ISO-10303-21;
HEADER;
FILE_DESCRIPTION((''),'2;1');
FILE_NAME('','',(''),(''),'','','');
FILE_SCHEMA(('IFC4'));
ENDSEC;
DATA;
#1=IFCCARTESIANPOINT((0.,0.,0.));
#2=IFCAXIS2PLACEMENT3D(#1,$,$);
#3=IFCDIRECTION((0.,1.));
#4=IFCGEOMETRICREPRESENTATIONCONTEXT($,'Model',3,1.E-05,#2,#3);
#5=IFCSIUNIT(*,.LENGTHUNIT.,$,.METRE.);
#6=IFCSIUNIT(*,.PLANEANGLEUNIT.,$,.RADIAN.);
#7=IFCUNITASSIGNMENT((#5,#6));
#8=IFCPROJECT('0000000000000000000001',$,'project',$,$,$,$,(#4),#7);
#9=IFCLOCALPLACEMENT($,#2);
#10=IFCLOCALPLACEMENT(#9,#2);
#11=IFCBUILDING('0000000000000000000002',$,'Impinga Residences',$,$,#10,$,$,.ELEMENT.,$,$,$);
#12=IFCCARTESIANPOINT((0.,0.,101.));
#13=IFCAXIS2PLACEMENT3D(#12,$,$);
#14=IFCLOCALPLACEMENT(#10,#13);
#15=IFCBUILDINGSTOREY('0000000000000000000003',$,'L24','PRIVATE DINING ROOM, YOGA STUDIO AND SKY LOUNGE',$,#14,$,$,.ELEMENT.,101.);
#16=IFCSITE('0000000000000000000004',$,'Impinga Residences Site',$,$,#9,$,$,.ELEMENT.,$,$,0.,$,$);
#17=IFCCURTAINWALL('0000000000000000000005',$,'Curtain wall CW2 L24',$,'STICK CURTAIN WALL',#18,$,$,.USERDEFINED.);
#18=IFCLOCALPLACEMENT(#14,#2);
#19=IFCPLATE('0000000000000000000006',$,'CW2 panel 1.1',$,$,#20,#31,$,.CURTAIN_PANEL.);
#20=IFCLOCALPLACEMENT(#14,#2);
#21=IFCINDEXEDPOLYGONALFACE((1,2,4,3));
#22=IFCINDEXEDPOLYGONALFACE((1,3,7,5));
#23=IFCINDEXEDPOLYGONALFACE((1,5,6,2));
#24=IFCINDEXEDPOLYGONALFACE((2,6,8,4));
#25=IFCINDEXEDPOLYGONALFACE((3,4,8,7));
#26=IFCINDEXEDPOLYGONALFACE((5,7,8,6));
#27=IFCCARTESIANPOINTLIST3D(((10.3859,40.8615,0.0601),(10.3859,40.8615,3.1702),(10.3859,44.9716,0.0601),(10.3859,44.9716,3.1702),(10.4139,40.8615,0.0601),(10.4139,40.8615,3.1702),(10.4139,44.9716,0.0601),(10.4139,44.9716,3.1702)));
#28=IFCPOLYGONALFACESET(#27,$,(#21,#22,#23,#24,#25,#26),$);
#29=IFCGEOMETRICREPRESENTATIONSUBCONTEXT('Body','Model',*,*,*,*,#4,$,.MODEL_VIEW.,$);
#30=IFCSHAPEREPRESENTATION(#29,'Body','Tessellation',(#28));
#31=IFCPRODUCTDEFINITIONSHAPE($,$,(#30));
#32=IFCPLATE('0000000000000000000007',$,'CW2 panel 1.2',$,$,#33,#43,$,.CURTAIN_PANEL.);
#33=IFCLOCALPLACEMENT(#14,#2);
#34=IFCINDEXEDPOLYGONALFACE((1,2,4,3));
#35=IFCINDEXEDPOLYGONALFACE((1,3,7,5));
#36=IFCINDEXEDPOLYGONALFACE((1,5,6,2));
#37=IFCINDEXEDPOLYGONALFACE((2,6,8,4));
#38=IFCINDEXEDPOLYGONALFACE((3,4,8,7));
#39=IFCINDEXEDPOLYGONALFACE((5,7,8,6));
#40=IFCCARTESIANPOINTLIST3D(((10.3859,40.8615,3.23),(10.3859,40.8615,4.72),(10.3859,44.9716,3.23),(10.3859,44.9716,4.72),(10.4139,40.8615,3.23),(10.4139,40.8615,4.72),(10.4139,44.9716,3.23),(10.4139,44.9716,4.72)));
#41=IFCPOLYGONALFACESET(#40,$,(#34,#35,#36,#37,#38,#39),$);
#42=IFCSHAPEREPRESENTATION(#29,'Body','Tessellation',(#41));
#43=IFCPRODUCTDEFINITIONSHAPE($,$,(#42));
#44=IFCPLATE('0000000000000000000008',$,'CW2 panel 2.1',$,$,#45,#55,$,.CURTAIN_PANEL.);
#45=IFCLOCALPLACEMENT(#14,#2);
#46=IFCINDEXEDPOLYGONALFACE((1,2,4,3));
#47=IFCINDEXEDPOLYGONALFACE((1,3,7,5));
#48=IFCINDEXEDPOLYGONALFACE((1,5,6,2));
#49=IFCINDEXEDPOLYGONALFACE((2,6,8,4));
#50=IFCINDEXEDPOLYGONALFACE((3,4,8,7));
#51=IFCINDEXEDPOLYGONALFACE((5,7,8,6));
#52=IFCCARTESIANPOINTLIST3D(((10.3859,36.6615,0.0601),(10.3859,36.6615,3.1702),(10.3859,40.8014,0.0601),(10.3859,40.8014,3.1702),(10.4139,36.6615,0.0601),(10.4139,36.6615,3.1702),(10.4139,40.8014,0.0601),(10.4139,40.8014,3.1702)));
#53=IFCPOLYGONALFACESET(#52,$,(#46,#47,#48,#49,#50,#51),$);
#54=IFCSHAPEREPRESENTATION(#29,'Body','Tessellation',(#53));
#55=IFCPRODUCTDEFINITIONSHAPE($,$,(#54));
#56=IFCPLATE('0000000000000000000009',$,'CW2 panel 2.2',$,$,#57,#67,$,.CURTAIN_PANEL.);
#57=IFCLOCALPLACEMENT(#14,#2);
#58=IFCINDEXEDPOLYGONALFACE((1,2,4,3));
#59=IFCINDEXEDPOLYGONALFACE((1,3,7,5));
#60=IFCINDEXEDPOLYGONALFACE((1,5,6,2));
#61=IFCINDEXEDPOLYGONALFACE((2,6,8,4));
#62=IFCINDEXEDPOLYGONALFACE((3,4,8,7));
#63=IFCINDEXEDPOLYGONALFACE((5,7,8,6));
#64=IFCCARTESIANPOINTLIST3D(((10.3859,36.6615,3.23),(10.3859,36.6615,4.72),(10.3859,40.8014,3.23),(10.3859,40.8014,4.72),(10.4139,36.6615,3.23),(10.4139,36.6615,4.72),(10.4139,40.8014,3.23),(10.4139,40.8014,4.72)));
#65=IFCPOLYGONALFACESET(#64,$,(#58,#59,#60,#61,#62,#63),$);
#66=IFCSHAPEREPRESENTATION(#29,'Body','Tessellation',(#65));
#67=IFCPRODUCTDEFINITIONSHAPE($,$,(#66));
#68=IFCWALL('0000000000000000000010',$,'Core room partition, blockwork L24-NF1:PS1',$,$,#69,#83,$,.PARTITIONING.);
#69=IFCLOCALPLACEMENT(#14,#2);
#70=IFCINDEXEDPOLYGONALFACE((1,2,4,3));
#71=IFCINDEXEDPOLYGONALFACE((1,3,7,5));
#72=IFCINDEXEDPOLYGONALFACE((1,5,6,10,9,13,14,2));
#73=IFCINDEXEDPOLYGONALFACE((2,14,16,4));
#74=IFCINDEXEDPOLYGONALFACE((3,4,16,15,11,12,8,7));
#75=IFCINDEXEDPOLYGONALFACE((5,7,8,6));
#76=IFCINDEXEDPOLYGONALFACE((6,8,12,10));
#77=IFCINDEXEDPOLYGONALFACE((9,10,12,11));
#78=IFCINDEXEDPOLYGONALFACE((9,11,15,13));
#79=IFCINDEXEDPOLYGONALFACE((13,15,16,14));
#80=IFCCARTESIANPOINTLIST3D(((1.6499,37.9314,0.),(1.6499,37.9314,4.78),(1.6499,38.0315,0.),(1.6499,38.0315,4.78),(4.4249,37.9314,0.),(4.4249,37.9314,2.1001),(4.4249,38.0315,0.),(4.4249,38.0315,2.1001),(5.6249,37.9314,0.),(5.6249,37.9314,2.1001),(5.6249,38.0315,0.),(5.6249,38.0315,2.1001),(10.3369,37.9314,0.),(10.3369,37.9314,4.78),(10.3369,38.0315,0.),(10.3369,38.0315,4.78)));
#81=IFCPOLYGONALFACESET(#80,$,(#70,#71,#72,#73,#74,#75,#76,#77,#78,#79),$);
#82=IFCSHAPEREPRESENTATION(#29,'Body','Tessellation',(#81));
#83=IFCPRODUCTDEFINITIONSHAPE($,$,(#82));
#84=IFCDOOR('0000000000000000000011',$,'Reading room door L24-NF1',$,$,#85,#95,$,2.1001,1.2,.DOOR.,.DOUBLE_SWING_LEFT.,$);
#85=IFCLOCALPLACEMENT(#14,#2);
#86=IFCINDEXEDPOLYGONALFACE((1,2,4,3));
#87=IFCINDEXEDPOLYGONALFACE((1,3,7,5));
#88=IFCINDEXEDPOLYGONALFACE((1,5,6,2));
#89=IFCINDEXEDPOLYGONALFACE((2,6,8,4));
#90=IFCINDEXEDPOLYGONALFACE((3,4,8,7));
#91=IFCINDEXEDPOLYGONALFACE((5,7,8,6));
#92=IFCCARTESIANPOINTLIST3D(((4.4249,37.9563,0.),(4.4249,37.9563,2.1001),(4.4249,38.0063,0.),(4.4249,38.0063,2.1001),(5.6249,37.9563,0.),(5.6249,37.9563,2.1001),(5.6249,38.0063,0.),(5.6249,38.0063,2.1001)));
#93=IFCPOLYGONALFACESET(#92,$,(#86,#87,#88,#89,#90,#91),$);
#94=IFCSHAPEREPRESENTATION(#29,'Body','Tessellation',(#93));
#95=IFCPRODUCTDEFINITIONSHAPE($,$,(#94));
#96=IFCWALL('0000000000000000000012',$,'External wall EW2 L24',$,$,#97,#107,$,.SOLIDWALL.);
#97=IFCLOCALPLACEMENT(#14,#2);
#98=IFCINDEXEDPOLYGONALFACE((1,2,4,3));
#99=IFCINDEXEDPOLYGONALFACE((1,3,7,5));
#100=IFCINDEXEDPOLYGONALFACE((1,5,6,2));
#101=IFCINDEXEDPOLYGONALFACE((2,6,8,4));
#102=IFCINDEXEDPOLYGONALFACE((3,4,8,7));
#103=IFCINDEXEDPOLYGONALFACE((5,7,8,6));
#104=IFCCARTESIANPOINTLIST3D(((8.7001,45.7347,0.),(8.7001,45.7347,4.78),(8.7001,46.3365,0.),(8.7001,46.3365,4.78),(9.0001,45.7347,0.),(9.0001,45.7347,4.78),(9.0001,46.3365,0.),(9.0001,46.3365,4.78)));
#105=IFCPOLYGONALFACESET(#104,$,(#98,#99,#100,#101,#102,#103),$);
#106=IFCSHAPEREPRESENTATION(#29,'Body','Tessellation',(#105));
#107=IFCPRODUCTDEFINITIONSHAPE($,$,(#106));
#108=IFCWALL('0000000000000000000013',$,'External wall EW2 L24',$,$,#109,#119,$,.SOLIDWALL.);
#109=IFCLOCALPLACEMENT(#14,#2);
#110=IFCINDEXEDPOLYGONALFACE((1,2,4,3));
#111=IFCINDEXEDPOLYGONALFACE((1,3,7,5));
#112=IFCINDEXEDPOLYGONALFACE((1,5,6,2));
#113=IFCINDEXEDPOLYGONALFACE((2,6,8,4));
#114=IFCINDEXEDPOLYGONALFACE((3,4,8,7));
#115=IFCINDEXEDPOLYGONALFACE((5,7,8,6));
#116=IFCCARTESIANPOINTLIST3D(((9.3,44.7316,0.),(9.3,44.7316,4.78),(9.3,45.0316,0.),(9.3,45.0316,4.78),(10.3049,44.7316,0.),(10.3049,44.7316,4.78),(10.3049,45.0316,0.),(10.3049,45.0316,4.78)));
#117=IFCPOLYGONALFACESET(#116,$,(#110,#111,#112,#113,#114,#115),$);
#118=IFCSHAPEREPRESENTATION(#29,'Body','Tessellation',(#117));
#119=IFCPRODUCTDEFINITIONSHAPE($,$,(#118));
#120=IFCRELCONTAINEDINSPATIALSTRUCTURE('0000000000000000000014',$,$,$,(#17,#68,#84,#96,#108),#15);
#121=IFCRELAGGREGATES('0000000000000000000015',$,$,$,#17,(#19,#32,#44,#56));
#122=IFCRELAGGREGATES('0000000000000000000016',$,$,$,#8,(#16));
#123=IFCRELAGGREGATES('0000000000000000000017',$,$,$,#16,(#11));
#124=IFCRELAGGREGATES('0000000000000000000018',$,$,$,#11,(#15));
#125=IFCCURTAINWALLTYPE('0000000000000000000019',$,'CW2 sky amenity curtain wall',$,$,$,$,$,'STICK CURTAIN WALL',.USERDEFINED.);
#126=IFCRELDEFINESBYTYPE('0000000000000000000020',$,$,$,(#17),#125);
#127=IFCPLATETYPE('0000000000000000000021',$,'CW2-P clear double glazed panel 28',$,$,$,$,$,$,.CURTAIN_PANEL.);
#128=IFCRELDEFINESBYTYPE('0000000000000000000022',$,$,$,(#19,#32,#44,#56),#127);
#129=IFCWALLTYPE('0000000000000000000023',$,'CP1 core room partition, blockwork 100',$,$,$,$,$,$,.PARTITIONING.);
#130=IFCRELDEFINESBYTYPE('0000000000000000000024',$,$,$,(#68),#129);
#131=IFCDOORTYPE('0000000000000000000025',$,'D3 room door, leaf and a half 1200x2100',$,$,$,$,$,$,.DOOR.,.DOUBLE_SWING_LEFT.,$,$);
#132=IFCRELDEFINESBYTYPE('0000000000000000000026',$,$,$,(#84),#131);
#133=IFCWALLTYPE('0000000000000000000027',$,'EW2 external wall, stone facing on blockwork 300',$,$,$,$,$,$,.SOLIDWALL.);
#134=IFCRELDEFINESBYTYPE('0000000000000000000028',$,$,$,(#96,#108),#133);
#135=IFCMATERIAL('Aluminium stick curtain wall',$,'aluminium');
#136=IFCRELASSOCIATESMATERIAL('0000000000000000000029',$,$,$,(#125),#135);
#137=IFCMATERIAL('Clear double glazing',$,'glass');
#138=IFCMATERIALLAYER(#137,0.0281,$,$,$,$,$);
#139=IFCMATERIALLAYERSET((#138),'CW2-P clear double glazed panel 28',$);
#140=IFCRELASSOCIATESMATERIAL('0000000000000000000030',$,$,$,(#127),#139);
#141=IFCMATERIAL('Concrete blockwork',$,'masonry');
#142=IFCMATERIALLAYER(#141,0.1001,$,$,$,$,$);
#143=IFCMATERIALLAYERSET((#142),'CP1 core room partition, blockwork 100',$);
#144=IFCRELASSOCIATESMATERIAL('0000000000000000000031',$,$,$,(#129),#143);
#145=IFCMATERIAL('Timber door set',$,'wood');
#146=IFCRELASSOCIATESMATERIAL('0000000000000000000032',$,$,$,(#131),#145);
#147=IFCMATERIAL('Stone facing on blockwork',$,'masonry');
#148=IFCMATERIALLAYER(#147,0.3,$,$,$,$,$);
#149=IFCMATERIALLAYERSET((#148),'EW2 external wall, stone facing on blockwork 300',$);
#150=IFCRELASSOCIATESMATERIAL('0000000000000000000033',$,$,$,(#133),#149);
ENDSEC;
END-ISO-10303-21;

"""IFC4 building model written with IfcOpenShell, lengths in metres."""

from ifc_helpers import new_model, si_unit, direction, frame, frame_2d, origin, origin_2d, place, context, subcontext, project, spatial, rectangle, extrude, material, layer, layer_set, type_object, element, fill, aggregate, save


model = new_model("IFC4")

# Units and contexts
model_context = context("Model", 3, precision=1e-05, world=origin(), true_north=direction((0.0, 1.0)))
body_context = subcontext(model_context, "Body", "Model", "MODEL_VIEW")
ifc_project = project(units=[si_unit("LENGTHUNIT", "METRE"), si_unit("PLANEANGLEUNIT", "RADIAN")], contexts=[model_context])

# Site, building, storey
site_placement = place(None, origin())
site = spatial("IfcSite", under=ifc_project, at=site_placement, Name="Impinga Residences Site", CompositionType="ELEMENT", RefElevation=0.0)
building_placement = place(site_placement, origin())
building = spatial("IfcBuilding", under=site, at=building_placement, Name="Impinga Residences", CompositionType="ELEMENT")
storey_placement = place(building_placement, frame((0.0, 0.0, 101.0)))
storey = spatial("IfcBuildingStorey", under=building, at=storey_placement, Name="L24", Description="PRIVATE DINING ROOM, YOGA STUDIO AND SKY LOUNGE", CompositionType="ELEMENT", Elevation=101.0)

# Curtain wall
ifc_material_1 = material(Name="Aluminium stick curtain wall", Category="aluminium")
curtain_wall_type = type_object("IfcCurtainWallType", Name="CW2 sky amenity curtain wall", ElementType="STICK CURTAIN WALL", PredefinedType="USERDEFINED", material=ifc_material_1)
curtain_wall_placement = place(storey_placement, origin())
curtain_wall = element("IfcCurtainWall", 1, at=curtain_wall_placement, inside=storey, type_object=curtain_wall_type, Name="Curtain wall CW2 L24", ObjectType="STICK CURTAIN WALL", PredefinedType="USERDEFINED")

# Plates
ifc_material_2 = material(Name="Clear double glazing", Category="glass")
ifc_layer_1 = layer(ifc_material_2, 0.0281)
ifc_layer_set_1 = layer_set([ifc_layer_1], Name="CW2-P clear double glazed panel 28")
plate_type = type_object("IfcPlateType", Name="CW2-P clear double glazed panel 28", PredefinedType="CURTAIN_PANEL", material=ifc_layer_set_1)
plate_1_placement = place(storey_placement, frame((10.3999, 42.9165, 0.0601), z_axis=(0.0, 0.0, 1.0), x_axis=(0.0, -1.0, 0.0)))
plate_1 = element("IfcPlate", 2, at=plate_1_placement, type_object=plate_type, Name="CW2 panel 1.1", PredefinedType="CURTAIN_PANEL", context=body_context, shape_type="SweptSolid", body=[
    extrude(rectangle(XDim=4.1101, YDim=0.0281, at=origin_2d()), origin(), (0.0, 0.0, 1.0), 3.1101),
])
plate_2_placement = place(storey_placement, frame((10.3999, 42.9165, 3.23), z_axis=(0.0, 0.0, 1.0), x_axis=(0.0, -1.0, 0.0)))
plate_2 = element("IfcPlate", 3, at=plate_2_placement, type_object=plate_type, Name="CW2 panel 1.2", PredefinedType="CURTAIN_PANEL", context=body_context, shape_type="SweptSolid", body=[
    extrude(rectangle(XDim=4.1101, YDim=0.0281, at=origin_2d()), origin(), (0.0, 0.0, 1.0), 1.49),
])
plate_3_placement = place(storey_placement, frame((10.3999, 38.7314, 0.0601), z_axis=(0.0, 0.0, 1.0), x_axis=(0.0, -1.0, 0.0)))
plate_3 = element("IfcPlate", 4, at=plate_3_placement, type_object=plate_type, Name="CW2 panel 2.1", PredefinedType="CURTAIN_PANEL", context=body_context, shape_type="SweptSolid", body=[
    extrude(rectangle(XDim=4.1399, YDim=0.0281, at=origin_2d()), origin(), (0.0, 0.0, 1.0), 3.1101),
])
plate_4_placement = place(storey_placement, frame((10.3999, 38.7314, 3.23), z_axis=(0.0, 0.0, 1.0), x_axis=(0.0, -1.0, 0.0)))
plate_4 = element("IfcPlate", 5, at=plate_4_placement, type_object=plate_type, Name="CW2 panel 2.2", PredefinedType="CURTAIN_PANEL", context=body_context, shape_type="SweptSolid", body=[
    extrude(rectangle(XDim=4.1399, YDim=0.0281, at=origin_2d()), origin(), (0.0, 0.0, 1.0), 1.49),
])
aggregate(curtain_wall, [plate_1, plate_2, plate_3, plate_4])

# Wall, opening, door
ifc_material_3 = material(Name="Concrete blockwork", Category="masonry")
ifc_layer_2 = layer(ifc_material_3, 0.1001)
ifc_layer_set_2 = layer_set([ifc_layer_2], Name="CP1 core room partition, blockwork 100")
wall_type_1 = type_object("IfcWallType", Name="CP1 core room partition, blockwork 100", PredefinedType="PARTITIONING", material=ifc_layer_set_2)
wall_1_placement = place(storey_placement, frame((1.6499, 37.9814, 0.0), z_axis=(0.0, 0.0, 1.0), x_axis=(1.0, 0.0, 0.0)))
wall_1 = element("IfcWall", 6, at=wall_1_placement, inside=storey, type_object=wall_type_1, Name="Core room partition, blockwork L24-NF1:PS1", PredefinedType="PARTITIONING", context=body_context, shape_type="SweptSolid", body=[
    extrude(rectangle(XDim=8.687, YDim=0.1001, at=frame_2d((4.3435, 0.0))), origin(), (0.0, 0.0, 1.0), 4.78),
])
opening_placement = place(wall_1_placement, frame((2.7749, 0.0, 0.0)))
opening = element("IfcOpeningElement", 7, at=opening_placement, cuts=wall_1, PredefinedType="OPENING", context=body_context, shape_type="SweptSolid", body=[
    extrude(rectangle(XDim=1.2, YDim=2.1001, at=frame_2d((0.6001, 1.05))), frame((0.0, 0.0601, 0.0), z_axis=(0.0, -1.0, 0.0), x_axis=(1.0, 0.0, 0.0)), (0.0, 0.0, 1.0), 0.1201),
])
ifc_material_4 = material(Name="Timber door set", Category="wood")
door_type = type_object("IfcDoorType", Name="D3 room door, leaf and a half 1200x2100", OperationType="DOUBLE_SWING_LEFT", PredefinedType="DOOR", material=ifc_material_4)
door_placement = place(opening_placement, origin())
door = element("IfcDoor", 8, at=door_placement, inside=storey, type_object=door_type, Name="Reading room door L24-NF1", OperationType="DOUBLE_SWING_LEFT", OverallHeight=2.1001, OverallWidth=1.2, PredefinedType="DOOR", context=body_context, shape_type="SweptSolid", body=[
    extrude(rectangle(XDim=1.2, YDim=2.1001, at=frame_2d((0.6001, 1.05))), frame((0.0, 0.0249, 0.0), z_axis=(0.0, -1.0, 0.0), x_axis=(1.0, 0.0, 0.0)), (0.0, 0.0, 1.0), 0.05),
])
fill(opening, door)

# Walls
ifc_material_5 = material(Name="Stone facing on blockwork", Category="masonry")
ifc_layer_3 = layer(ifc_material_5, 0.3)
ifc_layer_set_3 = layer_set([ifc_layer_3], Name="EW2 external wall, stone facing on blockwork 300")
wall_type_2 = type_object("IfcWallType", Name="EW2 external wall, stone facing on blockwork 300", PredefinedType="SOLIDWALL", material=ifc_layer_set_3)
wall_2_placement = place(storey_placement, frame((8.8501, 46.3364, 0.0), z_axis=(0.0, 0.0, 1.0), x_axis=(0.0, -1.0, 0.0)))
element("IfcWall", 9, at=wall_2_placement, inside=storey, type_object=wall_type_2, Name="External wall EW2 L24", PredefinedType="SOLIDWALL", context=body_context, shape_type="SweptSolid", body=[
    extrude(rectangle(XDim=0.6018, YDim=0.3, at=frame_2d((0.3008, 0.0))), origin(), (0.0, 0.0, 1.0), 4.78),
])
wall_3_placement = place(storey_placement, frame((9.3, 44.8816, 0.0), z_axis=(0.0, 0.0, 1.0), x_axis=(1.0, 0.0, 0.0)))
element("IfcWall", 10, at=wall_3_placement, inside=storey, type_object=wall_type_2, Name="External wall EW2 L24", PredefinedType="SOLIDWALL", context=body_context, shape_type="SweptSolid", body=[
    extrude(rectangle(XDim=1.0049, YDim=0.3, at=frame_2d((0.5024, 0.0))), origin(), (0.0, 0.0, 1.0), 4.78),
])

save(model, "model.ifc")
